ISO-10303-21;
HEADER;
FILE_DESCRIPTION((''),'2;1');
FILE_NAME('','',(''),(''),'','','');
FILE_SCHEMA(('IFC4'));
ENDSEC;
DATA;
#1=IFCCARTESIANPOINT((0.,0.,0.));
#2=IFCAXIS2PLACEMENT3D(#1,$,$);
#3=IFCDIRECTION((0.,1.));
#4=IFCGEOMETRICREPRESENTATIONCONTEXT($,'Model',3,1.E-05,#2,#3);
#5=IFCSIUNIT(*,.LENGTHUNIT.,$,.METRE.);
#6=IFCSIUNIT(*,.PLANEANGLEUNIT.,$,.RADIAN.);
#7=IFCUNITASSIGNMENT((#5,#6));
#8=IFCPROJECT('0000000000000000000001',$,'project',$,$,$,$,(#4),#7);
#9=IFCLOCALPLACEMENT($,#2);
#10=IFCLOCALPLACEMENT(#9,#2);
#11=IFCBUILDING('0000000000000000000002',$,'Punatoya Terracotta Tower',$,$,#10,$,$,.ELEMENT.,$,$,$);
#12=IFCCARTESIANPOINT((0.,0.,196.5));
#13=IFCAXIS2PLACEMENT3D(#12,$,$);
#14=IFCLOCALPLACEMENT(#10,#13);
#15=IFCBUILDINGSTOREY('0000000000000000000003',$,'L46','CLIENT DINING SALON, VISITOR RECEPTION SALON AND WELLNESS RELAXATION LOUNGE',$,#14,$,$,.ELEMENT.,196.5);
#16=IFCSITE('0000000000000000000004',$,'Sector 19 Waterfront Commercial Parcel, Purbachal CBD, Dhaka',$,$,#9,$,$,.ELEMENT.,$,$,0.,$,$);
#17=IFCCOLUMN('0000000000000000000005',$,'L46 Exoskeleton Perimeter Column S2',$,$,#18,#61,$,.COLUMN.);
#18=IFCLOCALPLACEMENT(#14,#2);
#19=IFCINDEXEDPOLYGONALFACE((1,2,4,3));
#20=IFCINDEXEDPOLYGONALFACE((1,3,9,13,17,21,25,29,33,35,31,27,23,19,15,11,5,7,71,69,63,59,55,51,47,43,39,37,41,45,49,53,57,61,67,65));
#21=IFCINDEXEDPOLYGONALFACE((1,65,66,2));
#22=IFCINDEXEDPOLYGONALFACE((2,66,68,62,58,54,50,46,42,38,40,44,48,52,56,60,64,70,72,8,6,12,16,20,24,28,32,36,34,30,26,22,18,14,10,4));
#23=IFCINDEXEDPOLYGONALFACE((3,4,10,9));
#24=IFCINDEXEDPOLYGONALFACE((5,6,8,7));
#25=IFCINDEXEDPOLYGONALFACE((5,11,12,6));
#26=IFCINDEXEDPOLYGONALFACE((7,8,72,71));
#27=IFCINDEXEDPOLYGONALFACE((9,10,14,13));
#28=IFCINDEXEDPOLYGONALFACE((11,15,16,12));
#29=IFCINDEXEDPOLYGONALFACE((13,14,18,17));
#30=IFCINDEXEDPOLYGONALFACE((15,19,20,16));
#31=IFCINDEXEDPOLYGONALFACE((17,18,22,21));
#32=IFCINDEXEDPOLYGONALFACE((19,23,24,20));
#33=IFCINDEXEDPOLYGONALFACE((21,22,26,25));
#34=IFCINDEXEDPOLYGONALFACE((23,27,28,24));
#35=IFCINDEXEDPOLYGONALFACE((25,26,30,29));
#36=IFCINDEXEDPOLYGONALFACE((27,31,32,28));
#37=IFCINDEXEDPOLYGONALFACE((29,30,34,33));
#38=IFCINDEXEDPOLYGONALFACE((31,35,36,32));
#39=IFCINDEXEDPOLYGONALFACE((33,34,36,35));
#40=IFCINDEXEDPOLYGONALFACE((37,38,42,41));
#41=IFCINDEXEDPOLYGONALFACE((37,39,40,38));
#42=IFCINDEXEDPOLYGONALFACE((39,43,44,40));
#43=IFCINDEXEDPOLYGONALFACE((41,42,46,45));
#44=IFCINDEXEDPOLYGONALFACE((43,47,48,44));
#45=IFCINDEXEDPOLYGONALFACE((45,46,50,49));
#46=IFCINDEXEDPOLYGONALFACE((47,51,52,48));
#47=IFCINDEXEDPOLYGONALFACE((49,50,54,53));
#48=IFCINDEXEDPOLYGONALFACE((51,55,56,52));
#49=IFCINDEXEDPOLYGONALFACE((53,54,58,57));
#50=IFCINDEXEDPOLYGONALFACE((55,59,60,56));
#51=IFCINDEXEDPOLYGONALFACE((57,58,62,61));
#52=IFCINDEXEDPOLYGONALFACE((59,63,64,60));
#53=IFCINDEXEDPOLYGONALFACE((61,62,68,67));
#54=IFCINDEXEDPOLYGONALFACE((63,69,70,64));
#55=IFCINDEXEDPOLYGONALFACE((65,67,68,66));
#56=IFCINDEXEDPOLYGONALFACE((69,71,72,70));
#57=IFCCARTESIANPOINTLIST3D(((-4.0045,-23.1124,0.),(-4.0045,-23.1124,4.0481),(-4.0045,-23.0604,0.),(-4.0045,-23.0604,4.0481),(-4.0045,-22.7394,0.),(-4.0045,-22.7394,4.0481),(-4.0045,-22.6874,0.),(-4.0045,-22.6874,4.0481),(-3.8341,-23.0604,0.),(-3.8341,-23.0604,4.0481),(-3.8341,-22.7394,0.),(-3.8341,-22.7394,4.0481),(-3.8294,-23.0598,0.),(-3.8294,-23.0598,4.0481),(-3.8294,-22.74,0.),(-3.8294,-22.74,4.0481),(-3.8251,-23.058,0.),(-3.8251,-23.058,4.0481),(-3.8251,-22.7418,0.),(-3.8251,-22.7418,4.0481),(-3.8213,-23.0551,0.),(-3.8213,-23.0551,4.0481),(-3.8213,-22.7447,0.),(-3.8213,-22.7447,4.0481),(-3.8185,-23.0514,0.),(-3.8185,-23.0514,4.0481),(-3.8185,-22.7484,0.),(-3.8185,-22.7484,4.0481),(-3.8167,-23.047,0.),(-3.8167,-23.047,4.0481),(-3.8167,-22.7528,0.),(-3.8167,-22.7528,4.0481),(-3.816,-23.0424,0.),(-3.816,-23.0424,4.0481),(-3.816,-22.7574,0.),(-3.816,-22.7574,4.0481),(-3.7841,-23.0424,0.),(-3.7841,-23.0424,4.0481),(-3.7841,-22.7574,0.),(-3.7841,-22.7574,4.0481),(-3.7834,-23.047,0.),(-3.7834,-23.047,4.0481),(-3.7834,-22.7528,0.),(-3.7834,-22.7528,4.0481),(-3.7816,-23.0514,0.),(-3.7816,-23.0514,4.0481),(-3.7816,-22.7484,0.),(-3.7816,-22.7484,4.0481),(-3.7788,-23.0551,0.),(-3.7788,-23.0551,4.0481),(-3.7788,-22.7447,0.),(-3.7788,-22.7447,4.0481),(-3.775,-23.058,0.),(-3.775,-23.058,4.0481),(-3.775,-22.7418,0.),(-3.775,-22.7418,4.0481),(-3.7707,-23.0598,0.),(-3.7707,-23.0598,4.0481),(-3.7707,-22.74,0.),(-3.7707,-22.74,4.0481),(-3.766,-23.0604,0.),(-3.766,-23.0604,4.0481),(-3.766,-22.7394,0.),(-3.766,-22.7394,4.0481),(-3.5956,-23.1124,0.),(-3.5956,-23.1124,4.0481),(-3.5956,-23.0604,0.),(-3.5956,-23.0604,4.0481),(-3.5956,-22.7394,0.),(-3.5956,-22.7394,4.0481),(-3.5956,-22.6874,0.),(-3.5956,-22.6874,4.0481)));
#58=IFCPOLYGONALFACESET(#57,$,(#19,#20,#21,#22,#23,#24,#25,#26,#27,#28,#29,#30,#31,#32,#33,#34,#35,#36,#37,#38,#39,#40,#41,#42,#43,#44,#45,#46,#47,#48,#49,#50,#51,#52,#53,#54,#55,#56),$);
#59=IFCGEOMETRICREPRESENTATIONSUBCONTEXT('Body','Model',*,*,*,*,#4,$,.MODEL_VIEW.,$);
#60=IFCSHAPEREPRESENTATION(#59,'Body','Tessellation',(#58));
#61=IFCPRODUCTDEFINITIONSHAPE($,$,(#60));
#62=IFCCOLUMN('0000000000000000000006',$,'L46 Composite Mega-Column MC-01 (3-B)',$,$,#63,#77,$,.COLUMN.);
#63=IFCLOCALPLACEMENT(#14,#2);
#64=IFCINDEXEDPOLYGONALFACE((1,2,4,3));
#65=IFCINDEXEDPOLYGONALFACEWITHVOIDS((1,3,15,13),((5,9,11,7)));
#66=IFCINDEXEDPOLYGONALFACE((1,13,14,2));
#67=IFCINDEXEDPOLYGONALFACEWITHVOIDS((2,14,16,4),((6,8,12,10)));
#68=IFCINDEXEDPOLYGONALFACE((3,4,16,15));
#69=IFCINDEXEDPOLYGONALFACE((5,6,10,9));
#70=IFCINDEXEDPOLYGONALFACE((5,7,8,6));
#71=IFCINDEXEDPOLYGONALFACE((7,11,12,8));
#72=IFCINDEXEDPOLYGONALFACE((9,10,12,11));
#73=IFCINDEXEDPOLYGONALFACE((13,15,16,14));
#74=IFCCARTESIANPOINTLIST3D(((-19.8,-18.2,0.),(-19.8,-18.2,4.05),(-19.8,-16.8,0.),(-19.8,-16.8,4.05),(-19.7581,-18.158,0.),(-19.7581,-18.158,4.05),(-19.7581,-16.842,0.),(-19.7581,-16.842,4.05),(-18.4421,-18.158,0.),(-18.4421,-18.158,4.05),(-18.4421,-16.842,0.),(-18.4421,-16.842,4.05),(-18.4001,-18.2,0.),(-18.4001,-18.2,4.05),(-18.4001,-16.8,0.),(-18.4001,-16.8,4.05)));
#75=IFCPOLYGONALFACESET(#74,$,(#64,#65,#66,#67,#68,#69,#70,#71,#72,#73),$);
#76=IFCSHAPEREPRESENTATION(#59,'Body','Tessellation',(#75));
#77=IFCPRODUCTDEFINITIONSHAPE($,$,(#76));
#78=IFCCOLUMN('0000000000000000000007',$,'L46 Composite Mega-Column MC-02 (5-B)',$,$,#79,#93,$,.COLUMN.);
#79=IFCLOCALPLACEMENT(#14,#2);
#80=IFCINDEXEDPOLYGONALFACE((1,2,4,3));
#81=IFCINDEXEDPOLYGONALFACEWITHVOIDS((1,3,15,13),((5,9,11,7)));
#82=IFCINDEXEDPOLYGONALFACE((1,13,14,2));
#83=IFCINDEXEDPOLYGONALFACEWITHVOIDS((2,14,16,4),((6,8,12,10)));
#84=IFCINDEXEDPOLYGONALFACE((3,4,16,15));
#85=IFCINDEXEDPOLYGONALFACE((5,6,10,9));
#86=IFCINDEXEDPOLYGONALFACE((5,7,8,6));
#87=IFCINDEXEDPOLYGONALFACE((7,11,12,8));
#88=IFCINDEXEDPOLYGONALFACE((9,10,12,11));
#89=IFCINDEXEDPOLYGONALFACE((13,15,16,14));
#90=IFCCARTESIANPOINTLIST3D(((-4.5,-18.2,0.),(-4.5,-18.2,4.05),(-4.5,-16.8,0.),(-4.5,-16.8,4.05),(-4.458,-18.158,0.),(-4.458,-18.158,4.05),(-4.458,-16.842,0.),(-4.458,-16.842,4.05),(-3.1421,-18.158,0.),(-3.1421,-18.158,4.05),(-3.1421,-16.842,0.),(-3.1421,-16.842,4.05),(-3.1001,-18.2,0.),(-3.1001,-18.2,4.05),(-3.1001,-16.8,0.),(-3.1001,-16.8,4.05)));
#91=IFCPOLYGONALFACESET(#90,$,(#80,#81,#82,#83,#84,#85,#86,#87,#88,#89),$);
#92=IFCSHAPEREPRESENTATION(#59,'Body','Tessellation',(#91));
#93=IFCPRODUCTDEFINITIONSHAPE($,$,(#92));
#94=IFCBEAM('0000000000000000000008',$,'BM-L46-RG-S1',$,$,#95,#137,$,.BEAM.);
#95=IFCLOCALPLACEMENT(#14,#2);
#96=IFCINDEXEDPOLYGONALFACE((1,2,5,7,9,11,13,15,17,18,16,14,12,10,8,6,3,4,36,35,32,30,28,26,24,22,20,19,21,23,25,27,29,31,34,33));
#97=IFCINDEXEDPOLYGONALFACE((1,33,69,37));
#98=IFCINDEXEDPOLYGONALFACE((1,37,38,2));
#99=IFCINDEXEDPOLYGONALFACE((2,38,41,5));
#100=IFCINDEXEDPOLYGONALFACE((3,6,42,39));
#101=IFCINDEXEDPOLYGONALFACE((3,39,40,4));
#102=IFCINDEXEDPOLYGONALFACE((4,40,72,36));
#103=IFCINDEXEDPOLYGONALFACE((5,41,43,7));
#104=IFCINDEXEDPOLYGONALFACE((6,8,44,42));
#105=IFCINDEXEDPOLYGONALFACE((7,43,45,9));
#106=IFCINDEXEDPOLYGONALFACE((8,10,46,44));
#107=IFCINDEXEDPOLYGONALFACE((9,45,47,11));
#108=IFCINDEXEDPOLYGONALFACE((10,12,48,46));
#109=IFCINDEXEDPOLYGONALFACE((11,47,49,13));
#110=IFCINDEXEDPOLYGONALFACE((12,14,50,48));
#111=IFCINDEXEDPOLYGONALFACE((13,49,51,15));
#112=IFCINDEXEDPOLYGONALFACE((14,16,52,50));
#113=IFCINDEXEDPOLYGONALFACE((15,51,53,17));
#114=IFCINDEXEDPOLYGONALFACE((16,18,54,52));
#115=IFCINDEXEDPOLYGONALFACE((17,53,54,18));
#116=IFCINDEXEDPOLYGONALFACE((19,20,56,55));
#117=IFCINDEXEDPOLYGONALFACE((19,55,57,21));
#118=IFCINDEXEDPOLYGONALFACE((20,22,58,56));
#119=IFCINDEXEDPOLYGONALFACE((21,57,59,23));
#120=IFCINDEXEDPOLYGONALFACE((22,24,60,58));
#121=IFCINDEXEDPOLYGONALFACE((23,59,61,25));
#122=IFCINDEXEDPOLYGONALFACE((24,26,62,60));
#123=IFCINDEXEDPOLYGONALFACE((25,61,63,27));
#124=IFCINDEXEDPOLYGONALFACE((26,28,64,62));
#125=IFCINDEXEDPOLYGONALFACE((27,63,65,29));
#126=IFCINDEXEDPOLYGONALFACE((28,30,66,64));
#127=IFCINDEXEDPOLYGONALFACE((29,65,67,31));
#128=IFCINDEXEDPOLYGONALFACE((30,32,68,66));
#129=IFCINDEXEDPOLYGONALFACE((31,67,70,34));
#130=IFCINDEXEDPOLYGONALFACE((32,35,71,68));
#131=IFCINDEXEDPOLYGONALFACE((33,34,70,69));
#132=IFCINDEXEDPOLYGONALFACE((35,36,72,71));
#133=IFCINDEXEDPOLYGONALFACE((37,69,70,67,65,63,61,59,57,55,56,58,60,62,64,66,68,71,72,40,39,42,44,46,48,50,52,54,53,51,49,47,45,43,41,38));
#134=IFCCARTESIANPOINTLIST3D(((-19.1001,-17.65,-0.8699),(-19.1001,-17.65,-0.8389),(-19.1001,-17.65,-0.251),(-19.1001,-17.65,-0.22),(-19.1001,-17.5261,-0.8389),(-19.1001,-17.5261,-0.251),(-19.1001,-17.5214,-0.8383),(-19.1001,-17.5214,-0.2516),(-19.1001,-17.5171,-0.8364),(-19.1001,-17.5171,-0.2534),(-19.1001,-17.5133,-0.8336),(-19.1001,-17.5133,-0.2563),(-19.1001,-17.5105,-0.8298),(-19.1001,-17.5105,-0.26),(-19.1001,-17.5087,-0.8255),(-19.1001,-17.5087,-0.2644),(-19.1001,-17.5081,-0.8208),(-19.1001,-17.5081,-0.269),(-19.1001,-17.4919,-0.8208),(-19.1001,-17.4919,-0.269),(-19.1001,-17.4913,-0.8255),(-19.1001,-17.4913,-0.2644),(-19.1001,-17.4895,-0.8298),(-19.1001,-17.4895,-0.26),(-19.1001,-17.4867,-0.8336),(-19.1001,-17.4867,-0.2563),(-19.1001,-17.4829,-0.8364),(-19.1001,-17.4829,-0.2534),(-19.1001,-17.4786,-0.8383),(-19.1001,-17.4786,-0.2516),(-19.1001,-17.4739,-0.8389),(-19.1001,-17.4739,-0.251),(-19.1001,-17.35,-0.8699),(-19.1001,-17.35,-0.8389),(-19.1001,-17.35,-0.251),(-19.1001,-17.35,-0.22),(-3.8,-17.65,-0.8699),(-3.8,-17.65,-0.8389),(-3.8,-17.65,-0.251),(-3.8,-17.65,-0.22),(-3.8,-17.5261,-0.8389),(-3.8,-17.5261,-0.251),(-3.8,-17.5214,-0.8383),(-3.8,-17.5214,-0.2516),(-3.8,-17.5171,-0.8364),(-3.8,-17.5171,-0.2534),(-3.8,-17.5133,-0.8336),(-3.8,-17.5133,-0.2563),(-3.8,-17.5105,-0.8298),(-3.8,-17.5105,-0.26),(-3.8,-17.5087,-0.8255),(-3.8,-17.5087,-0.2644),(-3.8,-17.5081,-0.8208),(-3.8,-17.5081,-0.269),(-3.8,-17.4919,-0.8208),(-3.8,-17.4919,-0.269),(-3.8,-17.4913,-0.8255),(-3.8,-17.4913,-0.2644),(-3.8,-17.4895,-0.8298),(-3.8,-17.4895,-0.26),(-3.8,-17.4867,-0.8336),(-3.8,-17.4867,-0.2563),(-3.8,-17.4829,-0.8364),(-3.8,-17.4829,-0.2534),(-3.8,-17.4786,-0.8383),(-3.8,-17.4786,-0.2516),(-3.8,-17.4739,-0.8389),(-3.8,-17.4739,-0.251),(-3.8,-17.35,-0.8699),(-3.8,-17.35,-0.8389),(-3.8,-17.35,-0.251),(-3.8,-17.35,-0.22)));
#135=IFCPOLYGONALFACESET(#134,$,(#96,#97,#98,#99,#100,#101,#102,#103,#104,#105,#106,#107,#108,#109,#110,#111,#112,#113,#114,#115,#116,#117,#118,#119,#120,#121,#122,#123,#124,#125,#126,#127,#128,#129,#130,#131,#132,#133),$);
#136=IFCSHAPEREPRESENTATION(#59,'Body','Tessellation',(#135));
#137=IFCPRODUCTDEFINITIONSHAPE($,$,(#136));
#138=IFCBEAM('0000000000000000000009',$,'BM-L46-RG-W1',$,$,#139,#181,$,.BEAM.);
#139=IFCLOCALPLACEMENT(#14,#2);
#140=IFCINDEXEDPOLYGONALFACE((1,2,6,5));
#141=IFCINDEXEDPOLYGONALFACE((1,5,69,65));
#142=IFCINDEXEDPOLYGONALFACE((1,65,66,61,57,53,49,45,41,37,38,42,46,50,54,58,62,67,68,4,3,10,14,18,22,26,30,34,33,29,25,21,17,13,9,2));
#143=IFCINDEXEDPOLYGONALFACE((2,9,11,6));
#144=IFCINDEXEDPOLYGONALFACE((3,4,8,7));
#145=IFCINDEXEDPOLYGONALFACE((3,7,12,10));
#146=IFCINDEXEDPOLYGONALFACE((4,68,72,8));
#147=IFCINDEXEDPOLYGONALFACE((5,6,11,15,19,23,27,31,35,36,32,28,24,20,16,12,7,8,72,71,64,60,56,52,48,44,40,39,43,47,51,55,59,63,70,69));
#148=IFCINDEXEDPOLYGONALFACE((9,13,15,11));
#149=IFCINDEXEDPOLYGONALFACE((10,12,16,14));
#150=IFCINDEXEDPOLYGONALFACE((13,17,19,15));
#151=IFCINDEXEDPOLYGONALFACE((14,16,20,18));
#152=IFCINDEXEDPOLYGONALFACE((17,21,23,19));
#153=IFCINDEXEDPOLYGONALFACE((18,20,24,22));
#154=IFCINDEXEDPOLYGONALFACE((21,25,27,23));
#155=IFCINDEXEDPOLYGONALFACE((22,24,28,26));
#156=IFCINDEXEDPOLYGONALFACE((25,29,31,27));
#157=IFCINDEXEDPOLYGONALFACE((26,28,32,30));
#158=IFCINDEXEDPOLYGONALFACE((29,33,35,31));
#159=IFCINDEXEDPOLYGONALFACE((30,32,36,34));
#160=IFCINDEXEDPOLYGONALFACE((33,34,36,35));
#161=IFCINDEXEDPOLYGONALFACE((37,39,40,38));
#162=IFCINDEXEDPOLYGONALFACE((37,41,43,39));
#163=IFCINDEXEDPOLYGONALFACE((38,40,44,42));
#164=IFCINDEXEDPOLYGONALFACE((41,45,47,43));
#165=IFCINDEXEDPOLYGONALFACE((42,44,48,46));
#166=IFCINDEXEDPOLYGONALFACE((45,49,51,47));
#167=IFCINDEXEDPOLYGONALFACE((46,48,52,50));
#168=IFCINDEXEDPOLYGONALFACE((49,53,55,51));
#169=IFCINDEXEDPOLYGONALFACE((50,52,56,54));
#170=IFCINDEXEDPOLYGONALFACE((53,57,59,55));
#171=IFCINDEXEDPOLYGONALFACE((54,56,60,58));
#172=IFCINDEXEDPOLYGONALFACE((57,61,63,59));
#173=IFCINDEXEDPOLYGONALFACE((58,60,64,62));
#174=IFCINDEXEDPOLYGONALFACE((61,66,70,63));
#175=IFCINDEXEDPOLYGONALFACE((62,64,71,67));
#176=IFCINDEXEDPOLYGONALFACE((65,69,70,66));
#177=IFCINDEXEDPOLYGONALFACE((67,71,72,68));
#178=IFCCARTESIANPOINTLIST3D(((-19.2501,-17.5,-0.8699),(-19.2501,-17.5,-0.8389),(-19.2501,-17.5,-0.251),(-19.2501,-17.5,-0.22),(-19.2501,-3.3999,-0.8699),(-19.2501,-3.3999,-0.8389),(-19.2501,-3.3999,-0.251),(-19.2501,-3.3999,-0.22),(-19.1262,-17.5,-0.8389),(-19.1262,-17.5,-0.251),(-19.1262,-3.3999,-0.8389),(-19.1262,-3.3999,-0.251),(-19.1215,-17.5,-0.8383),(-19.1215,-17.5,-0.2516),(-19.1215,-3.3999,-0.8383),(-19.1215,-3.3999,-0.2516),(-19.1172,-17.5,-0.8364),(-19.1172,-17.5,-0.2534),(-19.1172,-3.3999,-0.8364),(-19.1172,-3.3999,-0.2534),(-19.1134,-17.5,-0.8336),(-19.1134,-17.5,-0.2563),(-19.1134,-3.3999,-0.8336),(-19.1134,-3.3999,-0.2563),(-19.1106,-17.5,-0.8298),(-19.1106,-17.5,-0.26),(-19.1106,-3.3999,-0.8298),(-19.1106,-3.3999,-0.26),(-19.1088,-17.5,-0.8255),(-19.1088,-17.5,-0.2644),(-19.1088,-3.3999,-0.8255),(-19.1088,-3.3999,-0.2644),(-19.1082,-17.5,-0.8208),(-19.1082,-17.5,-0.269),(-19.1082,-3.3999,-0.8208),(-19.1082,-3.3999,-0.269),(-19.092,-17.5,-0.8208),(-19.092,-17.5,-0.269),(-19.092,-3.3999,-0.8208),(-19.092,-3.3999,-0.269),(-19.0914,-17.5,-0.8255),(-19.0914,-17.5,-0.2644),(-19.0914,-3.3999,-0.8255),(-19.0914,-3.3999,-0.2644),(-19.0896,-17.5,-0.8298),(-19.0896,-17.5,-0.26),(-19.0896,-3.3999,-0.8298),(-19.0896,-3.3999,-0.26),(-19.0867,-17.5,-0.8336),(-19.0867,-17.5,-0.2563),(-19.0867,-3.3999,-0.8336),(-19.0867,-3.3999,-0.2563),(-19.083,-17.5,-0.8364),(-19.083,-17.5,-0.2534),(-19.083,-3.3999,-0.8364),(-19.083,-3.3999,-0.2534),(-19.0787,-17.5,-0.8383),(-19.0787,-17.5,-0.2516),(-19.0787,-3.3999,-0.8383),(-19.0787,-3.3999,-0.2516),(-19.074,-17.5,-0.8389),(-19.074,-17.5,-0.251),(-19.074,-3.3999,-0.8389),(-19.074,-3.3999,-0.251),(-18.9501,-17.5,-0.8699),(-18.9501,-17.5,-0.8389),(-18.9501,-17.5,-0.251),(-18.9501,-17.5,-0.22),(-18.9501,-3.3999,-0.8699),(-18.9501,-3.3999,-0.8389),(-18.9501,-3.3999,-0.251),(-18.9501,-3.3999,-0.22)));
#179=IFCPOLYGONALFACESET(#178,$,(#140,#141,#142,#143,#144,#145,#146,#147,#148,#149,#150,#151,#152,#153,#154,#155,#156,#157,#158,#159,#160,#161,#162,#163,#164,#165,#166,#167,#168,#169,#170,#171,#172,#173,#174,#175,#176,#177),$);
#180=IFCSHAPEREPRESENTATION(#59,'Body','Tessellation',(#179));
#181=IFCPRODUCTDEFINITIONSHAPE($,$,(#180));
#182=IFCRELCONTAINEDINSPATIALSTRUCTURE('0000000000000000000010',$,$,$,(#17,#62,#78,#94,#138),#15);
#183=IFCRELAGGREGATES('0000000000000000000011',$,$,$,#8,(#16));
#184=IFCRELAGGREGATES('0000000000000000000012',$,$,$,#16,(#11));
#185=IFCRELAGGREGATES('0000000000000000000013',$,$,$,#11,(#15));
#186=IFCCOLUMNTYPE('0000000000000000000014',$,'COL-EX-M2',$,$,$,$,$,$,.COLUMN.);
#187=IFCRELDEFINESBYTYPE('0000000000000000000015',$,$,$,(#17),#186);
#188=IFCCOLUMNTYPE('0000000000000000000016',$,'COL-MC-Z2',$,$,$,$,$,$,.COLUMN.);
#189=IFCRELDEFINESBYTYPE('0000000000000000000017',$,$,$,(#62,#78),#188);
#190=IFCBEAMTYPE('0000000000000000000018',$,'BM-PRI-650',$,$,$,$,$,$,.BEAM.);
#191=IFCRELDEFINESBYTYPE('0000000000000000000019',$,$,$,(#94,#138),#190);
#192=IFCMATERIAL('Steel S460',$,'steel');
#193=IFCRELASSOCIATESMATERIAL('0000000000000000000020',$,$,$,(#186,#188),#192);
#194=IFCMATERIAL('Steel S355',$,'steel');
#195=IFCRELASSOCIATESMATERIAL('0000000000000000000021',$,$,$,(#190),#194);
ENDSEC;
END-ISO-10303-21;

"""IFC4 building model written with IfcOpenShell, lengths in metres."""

from ifc_helpers import new_model, si_unit, direction, frame, origin, origin_2d, place, context, subcontext, project, spatial, hollow_rectangle, i_section, extrude, material, material_profile, profile_set, type_object, element, save


model = new_model("IFC4")

# Units and contexts
model_context = context("Model", 3, precision=1e-05, world=origin(), true_north=direction((0.0, 1.0)))
body_context = subcontext(model_context, "Body", "Model", "MODEL_VIEW")
ifc_project = project(units=[si_unit("LENGTHUNIT", "METRE"), si_unit("PLANEANGLEUNIT", "RADIAN")], contexts=[model_context])

# Site, building, storey
site_placement = place(None, origin())
site = spatial("IfcSite", under=ifc_project, at=site_placement, Name="Sector 19 Waterfront Commercial Parcel, Purbachal CBD, Dhaka", CompositionType="ELEMENT", RefElevation=0.0)
building_placement = place(site_placement, origin())
building = spatial("IfcBuilding", under=site, at=building_placement, Name="Punatoya Terracotta Tower", CompositionType="ELEMENT")
storey_placement = place(building_placement, frame((0.0, 0.0, 196.5)))
storey = spatial("IfcBuildingStorey", under=building, at=storey_placement, Name="L46", Description="CLIENT DINING SALON, VISITOR RECEPTION SALON AND WELLNESS RELAXATION LOUNGE", CompositionType="ELEMENT", Elevation=196.5)

# Columns
ifc_material_1 = material(Name="Steel S460", Category="steel")
ifc_material_profile_1 = material_profile(ifc_material_1, i_section(OverallWidth=0.4089, OverallDepth=0.425, WebThickness=0.032, FlangeThickness=0.052, FilletRadius=0.0181, at=origin_2d()))
ifc_profile_set_1 = profile_set([ifc_material_profile_1], Name="Steel S460")
column_type_1 = type_object("IfcColumnType", Name="COL-EX-M2", PredefinedType="COLUMN", material=ifc_profile_set_1)
column_placement = place(storey_placement, frame((-3.8, -22.8999, 0.0), z_axis=(0.0, 0.0, 1.0), x_axis=(1.0, 0.0, 0.0)))
element("IfcColumn", 1, at=column_placement, inside=storey, type_object=column_type_1, Name="L46 Exoskeleton Perimeter Column S2", PredefinedType="COLUMN", context=body_context, shape_type="SweptSolid", body=[
    extrude(i_section(OverallWidth=0.4089, OverallDepth=0.425, WebThickness=0.032, FlangeThickness=0.052, FilletRadius=0.0181, at=origin_2d()), origin(), (0.0, 0.0, 1.0), 4.0481),
])
ifc_material_profile_2 = material_profile(ifc_material_1, hollow_rectangle(XDim=1.3999, YDim=1.3999, WallThickness=0.042, at=origin_2d()))
ifc_profile_set_2 = profile_set([ifc_material_profile_2], Name="Steel S460")
column_type_2 = type_object("IfcColumnType", Name="COL-MC-Z2", PredefinedType="COLUMN", material=ifc_profile_set_2)
for number, where, z_axis, x_axis, name in (
    (2, (-19.1001, -17.5, 0.0), (0.0, 0.0, 1.0), (1.0, 0.0, 0.0), "L46 Composite Mega-Column MC-01 (3-B)"),
    (3, (-3.8, -17.5, 0.0), (0.0, 0.0, 1.0), (1.0, 0.0, 0.0), "L46 Composite Mega-Column MC-02 (5-B)"),
):
    element("IfcColumn", number, at=place(storey_placement, frame(where, z_axis=z_axis, x_axis=x_axis)), inside=storey, type_object=column_type_2, Name=name, PredefinedType="COLUMN", context=body_context, shape_type="SweptSolid", body=[
        extrude(hollow_rectangle(XDim=1.3999, YDim=1.3999, WallThickness=0.042, at=origin_2d()), origin(), (0.0, 0.0, 1.0), 4.05),
    ])

# Beams
ifc_material_2 = material(Name="Steel S355", Category="steel")
ifc_material_profile_3 = material_profile(ifc_material_2, i_section(OverallWidth=0.3, OverallDepth=0.6499, WebThickness=0.0161, FlangeThickness=0.031, FilletRadius=0.0181, at=origin_2d()))
ifc_profile_set_3 = profile_set([ifc_material_profile_3], Name="Steel S355")
beam_type_1 = type_object("IfcBeamType", Name="BM-PRI-650", PredefinedType="BEAM", material=ifc_profile_set_3)
beam_1_placement = place(storey_placement, frame((-19.1001, -17.5, -0.5449), z_axis=(1.0, 0.0, 0.0), x_axis=(0.0, 1.0, 0.0)))
element("IfcBeam", 4, at=beam_1_placement, inside=storey, type_object=beam_type_1, Name="BM-L46-RG-S1", PredefinedType="BEAM", context=body_context, shape_type="SweptSolid", body=[
    extrude(i_section(OverallWidth=0.3, OverallDepth=0.6499, WebThickness=0.0161, FlangeThickness=0.031, FilletRadius=0.0181, at=origin_2d()), origin(), (0.0, 0.0, 1.0), 15.3),
])
beam_2_placement = place(storey_placement, frame((-19.1001, -17.5, -0.5449), z_axis=(0.0, 1.0, 0.0), x_axis=(-1.0, 0.0, 0.0)))
element("IfcBeam", 5, at=beam_2_placement, inside=storey, type_object=beam_type_1, Name="BM-L46-RG-W1", PredefinedType="BEAM", context=body_context, shape_type="SweptSolid", body=[
    extrude(i_section(OverallWidth=0.3, OverallDepth=0.6499, WebThickness=0.0161, FlangeThickness=0.031, FilletRadius=0.0181, at=origin_2d()), origin(), (0.0, 0.0, 1.0), 14.1001),
])

save(model, "model.ifc")
